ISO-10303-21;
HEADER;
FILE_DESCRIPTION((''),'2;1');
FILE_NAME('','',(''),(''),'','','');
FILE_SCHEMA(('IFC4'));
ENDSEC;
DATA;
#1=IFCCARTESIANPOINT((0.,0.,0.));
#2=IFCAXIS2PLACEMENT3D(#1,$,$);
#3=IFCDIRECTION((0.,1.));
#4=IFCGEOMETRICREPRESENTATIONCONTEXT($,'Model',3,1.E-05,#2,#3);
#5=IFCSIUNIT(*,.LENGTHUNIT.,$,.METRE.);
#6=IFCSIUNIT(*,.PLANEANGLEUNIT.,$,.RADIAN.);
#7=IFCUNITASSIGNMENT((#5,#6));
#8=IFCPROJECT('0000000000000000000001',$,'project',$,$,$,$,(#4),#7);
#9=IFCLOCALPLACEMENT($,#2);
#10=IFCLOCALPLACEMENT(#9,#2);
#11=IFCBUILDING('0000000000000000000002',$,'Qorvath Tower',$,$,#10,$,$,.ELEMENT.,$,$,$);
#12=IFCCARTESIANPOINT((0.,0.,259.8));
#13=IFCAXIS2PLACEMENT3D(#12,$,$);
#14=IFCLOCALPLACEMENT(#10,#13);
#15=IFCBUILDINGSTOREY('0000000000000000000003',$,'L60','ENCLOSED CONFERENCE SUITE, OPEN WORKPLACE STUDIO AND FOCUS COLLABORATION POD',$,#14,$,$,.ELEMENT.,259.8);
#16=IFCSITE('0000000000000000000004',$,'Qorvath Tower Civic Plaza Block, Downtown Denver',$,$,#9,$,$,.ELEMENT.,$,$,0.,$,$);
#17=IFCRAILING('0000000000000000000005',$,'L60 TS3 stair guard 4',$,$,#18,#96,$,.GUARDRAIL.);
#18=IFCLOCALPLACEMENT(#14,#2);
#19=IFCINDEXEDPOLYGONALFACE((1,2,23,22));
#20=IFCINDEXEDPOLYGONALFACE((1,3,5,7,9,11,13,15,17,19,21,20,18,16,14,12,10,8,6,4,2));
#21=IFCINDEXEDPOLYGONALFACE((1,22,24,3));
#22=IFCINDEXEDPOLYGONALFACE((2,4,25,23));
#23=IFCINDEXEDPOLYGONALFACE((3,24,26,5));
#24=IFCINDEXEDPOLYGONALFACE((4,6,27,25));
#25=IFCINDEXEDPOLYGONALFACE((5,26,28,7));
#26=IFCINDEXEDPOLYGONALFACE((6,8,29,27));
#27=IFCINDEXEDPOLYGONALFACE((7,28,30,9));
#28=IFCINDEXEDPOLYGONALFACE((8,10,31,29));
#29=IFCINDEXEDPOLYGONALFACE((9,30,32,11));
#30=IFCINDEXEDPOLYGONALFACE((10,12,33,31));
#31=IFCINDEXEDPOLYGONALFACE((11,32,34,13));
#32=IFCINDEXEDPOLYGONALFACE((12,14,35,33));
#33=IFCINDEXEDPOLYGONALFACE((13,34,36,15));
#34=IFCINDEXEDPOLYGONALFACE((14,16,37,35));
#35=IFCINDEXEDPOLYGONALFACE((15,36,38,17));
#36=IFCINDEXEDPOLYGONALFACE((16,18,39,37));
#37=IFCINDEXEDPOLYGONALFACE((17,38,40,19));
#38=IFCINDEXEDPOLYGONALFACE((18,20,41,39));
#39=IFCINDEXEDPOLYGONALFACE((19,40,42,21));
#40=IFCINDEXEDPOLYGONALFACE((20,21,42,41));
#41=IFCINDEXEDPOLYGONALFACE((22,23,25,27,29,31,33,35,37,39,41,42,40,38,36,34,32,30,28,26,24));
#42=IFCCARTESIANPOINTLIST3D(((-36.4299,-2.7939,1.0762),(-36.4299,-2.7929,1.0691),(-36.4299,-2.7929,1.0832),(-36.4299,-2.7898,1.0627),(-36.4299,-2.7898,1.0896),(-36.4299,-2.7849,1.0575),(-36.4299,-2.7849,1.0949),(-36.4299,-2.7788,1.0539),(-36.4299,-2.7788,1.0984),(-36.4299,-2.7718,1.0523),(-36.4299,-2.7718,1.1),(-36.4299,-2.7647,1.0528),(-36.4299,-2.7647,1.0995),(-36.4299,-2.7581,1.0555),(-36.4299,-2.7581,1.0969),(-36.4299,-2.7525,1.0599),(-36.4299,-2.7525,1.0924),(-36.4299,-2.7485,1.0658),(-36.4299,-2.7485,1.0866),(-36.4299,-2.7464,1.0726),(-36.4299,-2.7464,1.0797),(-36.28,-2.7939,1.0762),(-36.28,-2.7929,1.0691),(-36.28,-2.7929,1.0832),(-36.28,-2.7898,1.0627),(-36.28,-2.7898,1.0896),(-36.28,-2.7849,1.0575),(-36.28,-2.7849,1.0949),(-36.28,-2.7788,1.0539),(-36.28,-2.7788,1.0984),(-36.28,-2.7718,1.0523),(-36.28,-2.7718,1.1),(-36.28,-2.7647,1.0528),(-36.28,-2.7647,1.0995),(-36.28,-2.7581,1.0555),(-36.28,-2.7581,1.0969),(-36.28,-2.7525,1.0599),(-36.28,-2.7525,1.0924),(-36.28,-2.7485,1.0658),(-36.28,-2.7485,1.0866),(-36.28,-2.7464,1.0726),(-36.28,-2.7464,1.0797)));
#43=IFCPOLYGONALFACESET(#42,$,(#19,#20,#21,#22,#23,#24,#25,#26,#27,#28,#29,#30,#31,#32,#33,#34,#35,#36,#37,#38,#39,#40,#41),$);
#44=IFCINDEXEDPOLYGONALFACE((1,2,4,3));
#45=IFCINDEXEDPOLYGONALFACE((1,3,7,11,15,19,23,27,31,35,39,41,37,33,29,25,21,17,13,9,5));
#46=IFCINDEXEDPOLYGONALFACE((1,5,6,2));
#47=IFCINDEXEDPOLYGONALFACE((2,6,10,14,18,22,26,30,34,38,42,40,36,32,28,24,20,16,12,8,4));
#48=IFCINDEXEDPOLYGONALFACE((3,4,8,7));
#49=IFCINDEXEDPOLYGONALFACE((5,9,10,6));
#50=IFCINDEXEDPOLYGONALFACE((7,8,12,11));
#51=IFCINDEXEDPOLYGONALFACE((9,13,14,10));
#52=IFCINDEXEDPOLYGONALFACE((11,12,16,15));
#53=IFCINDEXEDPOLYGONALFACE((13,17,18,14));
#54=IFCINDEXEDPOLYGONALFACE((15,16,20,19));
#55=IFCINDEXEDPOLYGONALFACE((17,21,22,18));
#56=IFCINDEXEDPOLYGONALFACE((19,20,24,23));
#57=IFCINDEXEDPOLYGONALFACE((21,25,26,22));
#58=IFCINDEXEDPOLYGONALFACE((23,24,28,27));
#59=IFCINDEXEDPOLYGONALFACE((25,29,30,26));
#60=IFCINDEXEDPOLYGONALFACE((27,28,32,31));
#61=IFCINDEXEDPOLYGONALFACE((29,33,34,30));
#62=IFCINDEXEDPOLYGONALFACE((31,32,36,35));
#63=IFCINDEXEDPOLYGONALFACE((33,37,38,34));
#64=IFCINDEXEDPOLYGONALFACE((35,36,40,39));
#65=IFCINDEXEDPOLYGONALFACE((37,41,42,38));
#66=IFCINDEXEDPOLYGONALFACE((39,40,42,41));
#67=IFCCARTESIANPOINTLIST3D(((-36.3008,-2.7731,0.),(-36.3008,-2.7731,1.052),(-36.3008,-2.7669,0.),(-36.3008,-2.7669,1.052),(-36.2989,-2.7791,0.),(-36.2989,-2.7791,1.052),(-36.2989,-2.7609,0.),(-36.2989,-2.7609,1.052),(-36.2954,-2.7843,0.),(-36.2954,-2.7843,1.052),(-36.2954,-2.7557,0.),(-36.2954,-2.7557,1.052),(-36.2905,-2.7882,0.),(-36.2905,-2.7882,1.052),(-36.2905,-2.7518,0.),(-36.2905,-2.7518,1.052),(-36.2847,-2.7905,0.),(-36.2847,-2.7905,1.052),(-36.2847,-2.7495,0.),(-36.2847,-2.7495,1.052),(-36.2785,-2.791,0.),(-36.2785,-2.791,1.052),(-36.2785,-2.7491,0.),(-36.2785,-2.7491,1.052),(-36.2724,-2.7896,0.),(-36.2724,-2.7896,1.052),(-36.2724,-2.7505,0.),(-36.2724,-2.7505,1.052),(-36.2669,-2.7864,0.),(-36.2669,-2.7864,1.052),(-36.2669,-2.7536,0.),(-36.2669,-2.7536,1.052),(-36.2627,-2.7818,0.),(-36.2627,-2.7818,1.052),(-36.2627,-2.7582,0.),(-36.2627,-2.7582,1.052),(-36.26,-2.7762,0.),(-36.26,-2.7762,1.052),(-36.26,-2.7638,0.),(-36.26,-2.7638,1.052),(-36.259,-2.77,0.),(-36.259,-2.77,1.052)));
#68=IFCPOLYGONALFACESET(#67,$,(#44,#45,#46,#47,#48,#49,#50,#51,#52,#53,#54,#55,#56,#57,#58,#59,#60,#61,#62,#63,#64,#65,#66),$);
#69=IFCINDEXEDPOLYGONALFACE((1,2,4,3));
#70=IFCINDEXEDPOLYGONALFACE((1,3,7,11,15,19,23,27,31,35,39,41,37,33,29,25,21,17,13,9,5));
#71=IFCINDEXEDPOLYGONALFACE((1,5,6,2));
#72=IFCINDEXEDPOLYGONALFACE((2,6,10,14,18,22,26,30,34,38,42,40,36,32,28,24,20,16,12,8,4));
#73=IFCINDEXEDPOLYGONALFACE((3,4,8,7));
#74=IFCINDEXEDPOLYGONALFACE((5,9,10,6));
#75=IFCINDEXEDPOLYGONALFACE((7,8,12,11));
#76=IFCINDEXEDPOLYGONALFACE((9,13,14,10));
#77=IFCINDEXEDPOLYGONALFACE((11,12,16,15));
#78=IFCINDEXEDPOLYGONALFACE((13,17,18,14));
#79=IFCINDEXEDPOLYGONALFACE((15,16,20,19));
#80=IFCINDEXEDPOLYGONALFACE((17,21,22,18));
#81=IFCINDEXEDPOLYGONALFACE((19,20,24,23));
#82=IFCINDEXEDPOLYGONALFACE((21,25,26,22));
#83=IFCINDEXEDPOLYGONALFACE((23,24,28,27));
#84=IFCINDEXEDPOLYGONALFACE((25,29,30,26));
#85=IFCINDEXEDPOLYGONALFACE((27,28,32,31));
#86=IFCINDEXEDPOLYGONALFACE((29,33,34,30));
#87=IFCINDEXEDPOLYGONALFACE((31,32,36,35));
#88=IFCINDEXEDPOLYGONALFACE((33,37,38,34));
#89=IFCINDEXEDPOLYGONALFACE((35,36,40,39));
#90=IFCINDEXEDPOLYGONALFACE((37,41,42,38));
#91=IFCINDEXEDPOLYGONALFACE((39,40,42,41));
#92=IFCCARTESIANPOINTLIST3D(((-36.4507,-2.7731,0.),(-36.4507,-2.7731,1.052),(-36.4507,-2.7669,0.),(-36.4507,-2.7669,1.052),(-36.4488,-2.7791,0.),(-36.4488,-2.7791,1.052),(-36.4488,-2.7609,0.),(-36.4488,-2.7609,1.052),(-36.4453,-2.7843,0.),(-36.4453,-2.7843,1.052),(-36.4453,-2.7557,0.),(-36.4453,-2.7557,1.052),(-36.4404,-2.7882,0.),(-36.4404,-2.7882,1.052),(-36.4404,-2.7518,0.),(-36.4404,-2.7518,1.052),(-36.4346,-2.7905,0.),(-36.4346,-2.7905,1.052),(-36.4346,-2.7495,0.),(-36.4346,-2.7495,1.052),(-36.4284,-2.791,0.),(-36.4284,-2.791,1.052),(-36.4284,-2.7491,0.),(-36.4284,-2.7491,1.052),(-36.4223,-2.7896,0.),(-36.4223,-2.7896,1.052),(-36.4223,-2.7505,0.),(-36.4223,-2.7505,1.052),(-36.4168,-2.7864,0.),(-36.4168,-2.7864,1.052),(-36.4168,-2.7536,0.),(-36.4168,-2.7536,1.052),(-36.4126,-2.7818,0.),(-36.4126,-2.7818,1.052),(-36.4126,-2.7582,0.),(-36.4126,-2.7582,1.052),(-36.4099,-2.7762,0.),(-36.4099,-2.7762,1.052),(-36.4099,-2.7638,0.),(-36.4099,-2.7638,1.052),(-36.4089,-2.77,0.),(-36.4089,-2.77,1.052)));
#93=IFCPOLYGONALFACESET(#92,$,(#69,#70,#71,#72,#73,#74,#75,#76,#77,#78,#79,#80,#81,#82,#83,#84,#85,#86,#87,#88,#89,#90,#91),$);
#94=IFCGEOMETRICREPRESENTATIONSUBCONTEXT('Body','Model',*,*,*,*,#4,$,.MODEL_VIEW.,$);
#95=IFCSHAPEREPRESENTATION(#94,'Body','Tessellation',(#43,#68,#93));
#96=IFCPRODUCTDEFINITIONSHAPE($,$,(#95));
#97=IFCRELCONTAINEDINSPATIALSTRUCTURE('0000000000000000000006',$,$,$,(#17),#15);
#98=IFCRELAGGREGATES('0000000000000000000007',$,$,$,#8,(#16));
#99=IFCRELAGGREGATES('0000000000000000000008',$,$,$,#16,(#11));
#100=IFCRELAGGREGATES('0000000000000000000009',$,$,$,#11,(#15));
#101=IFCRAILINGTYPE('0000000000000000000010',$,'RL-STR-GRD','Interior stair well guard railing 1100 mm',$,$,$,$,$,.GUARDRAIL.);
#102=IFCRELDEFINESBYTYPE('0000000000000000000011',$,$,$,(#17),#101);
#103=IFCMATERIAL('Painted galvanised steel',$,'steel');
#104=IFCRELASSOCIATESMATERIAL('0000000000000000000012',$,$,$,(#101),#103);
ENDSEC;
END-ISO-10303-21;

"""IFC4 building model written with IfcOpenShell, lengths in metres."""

from ifc_helpers import new_model, si_unit, direction, frame, origin, origin_2d, place, context, subcontext, project, spatial, circle, extrude, material, type_object, element, save


model = new_model("IFC4")

# Units and contexts
model_context = context("Model", 3, precision=1e-05, world=origin(), true_north=direction((0.0, 1.0)))
body_context = subcontext(model_context, "Body", "Model", "MODEL_VIEW")
ifc_project = project(units=[si_unit("LENGTHUNIT", "METRE"), si_unit("PLANEANGLEUNIT", "RADIAN")], contexts=[model_context])

# Site, building, storey
site_placement = place(None, origin())
site = spatial("IfcSite", under=ifc_project, at=site_placement, Name="Qorvath Tower Civic Plaza Block, Downtown Denver", CompositionType="ELEMENT", RefElevation=0.0)
building_placement = place(site_placement, origin())
building = spatial("IfcBuilding", under=site, at=building_placement, Name="Qorvath Tower", CompositionType="ELEMENT")
storey_placement = place(building_placement, frame((0.0, 0.0, 259.8)))
storey = spatial("IfcBuildingStorey", under=building, at=storey_placement, Name="L60", Description="ENCLOSED CONFERENCE SUITE, OPEN WORKPLACE STUDIO AND FOCUS COLLABORATION POD", CompositionType="ELEMENT", Elevation=259.8)

# Railing
ifc_material_1 = material(Name="Painted galvanised steel", Category="steel")
railing_type_1 = type_object("IfcRailingType", Name="RL-STR-GRD", Description="Interior stair well guard railing 1100 mm", PredefinedType="GUARDRAIL", material=ifc_material_1)
railing_1_placement = place(storey_placement, frame((-36.28, -2.77, 0.0)))
element("IfcRailing", 1, at=railing_1_placement, inside=storey, type_object=railing_type_1, Name="L60 TS3 stair guard 4", PredefinedType="GUARDRAIL", context=body_context, shape_type="SweptSolid", body=[
    extrude(circle(Radius=0.0239, at=origin_2d()), frame((0.0, 0.0, 1.0762), z_axis=(-1.0, 0.0, 0.0), x_axis=(0.0, -1.0, 0.0)), (0.0, 0.0, 1.0), 0.1499),
    extrude(circle(Radius=0.021, at=origin_2d()), origin(), (0.0, 0.0, 1.0), 1.052),
    extrude(circle(Radius=0.021, at=origin_2d()), frame((-0.1499, 0.0, 0.0)), (0.0, 0.0, 1.0), 1.052),
])

save(model, "model.ifc")
